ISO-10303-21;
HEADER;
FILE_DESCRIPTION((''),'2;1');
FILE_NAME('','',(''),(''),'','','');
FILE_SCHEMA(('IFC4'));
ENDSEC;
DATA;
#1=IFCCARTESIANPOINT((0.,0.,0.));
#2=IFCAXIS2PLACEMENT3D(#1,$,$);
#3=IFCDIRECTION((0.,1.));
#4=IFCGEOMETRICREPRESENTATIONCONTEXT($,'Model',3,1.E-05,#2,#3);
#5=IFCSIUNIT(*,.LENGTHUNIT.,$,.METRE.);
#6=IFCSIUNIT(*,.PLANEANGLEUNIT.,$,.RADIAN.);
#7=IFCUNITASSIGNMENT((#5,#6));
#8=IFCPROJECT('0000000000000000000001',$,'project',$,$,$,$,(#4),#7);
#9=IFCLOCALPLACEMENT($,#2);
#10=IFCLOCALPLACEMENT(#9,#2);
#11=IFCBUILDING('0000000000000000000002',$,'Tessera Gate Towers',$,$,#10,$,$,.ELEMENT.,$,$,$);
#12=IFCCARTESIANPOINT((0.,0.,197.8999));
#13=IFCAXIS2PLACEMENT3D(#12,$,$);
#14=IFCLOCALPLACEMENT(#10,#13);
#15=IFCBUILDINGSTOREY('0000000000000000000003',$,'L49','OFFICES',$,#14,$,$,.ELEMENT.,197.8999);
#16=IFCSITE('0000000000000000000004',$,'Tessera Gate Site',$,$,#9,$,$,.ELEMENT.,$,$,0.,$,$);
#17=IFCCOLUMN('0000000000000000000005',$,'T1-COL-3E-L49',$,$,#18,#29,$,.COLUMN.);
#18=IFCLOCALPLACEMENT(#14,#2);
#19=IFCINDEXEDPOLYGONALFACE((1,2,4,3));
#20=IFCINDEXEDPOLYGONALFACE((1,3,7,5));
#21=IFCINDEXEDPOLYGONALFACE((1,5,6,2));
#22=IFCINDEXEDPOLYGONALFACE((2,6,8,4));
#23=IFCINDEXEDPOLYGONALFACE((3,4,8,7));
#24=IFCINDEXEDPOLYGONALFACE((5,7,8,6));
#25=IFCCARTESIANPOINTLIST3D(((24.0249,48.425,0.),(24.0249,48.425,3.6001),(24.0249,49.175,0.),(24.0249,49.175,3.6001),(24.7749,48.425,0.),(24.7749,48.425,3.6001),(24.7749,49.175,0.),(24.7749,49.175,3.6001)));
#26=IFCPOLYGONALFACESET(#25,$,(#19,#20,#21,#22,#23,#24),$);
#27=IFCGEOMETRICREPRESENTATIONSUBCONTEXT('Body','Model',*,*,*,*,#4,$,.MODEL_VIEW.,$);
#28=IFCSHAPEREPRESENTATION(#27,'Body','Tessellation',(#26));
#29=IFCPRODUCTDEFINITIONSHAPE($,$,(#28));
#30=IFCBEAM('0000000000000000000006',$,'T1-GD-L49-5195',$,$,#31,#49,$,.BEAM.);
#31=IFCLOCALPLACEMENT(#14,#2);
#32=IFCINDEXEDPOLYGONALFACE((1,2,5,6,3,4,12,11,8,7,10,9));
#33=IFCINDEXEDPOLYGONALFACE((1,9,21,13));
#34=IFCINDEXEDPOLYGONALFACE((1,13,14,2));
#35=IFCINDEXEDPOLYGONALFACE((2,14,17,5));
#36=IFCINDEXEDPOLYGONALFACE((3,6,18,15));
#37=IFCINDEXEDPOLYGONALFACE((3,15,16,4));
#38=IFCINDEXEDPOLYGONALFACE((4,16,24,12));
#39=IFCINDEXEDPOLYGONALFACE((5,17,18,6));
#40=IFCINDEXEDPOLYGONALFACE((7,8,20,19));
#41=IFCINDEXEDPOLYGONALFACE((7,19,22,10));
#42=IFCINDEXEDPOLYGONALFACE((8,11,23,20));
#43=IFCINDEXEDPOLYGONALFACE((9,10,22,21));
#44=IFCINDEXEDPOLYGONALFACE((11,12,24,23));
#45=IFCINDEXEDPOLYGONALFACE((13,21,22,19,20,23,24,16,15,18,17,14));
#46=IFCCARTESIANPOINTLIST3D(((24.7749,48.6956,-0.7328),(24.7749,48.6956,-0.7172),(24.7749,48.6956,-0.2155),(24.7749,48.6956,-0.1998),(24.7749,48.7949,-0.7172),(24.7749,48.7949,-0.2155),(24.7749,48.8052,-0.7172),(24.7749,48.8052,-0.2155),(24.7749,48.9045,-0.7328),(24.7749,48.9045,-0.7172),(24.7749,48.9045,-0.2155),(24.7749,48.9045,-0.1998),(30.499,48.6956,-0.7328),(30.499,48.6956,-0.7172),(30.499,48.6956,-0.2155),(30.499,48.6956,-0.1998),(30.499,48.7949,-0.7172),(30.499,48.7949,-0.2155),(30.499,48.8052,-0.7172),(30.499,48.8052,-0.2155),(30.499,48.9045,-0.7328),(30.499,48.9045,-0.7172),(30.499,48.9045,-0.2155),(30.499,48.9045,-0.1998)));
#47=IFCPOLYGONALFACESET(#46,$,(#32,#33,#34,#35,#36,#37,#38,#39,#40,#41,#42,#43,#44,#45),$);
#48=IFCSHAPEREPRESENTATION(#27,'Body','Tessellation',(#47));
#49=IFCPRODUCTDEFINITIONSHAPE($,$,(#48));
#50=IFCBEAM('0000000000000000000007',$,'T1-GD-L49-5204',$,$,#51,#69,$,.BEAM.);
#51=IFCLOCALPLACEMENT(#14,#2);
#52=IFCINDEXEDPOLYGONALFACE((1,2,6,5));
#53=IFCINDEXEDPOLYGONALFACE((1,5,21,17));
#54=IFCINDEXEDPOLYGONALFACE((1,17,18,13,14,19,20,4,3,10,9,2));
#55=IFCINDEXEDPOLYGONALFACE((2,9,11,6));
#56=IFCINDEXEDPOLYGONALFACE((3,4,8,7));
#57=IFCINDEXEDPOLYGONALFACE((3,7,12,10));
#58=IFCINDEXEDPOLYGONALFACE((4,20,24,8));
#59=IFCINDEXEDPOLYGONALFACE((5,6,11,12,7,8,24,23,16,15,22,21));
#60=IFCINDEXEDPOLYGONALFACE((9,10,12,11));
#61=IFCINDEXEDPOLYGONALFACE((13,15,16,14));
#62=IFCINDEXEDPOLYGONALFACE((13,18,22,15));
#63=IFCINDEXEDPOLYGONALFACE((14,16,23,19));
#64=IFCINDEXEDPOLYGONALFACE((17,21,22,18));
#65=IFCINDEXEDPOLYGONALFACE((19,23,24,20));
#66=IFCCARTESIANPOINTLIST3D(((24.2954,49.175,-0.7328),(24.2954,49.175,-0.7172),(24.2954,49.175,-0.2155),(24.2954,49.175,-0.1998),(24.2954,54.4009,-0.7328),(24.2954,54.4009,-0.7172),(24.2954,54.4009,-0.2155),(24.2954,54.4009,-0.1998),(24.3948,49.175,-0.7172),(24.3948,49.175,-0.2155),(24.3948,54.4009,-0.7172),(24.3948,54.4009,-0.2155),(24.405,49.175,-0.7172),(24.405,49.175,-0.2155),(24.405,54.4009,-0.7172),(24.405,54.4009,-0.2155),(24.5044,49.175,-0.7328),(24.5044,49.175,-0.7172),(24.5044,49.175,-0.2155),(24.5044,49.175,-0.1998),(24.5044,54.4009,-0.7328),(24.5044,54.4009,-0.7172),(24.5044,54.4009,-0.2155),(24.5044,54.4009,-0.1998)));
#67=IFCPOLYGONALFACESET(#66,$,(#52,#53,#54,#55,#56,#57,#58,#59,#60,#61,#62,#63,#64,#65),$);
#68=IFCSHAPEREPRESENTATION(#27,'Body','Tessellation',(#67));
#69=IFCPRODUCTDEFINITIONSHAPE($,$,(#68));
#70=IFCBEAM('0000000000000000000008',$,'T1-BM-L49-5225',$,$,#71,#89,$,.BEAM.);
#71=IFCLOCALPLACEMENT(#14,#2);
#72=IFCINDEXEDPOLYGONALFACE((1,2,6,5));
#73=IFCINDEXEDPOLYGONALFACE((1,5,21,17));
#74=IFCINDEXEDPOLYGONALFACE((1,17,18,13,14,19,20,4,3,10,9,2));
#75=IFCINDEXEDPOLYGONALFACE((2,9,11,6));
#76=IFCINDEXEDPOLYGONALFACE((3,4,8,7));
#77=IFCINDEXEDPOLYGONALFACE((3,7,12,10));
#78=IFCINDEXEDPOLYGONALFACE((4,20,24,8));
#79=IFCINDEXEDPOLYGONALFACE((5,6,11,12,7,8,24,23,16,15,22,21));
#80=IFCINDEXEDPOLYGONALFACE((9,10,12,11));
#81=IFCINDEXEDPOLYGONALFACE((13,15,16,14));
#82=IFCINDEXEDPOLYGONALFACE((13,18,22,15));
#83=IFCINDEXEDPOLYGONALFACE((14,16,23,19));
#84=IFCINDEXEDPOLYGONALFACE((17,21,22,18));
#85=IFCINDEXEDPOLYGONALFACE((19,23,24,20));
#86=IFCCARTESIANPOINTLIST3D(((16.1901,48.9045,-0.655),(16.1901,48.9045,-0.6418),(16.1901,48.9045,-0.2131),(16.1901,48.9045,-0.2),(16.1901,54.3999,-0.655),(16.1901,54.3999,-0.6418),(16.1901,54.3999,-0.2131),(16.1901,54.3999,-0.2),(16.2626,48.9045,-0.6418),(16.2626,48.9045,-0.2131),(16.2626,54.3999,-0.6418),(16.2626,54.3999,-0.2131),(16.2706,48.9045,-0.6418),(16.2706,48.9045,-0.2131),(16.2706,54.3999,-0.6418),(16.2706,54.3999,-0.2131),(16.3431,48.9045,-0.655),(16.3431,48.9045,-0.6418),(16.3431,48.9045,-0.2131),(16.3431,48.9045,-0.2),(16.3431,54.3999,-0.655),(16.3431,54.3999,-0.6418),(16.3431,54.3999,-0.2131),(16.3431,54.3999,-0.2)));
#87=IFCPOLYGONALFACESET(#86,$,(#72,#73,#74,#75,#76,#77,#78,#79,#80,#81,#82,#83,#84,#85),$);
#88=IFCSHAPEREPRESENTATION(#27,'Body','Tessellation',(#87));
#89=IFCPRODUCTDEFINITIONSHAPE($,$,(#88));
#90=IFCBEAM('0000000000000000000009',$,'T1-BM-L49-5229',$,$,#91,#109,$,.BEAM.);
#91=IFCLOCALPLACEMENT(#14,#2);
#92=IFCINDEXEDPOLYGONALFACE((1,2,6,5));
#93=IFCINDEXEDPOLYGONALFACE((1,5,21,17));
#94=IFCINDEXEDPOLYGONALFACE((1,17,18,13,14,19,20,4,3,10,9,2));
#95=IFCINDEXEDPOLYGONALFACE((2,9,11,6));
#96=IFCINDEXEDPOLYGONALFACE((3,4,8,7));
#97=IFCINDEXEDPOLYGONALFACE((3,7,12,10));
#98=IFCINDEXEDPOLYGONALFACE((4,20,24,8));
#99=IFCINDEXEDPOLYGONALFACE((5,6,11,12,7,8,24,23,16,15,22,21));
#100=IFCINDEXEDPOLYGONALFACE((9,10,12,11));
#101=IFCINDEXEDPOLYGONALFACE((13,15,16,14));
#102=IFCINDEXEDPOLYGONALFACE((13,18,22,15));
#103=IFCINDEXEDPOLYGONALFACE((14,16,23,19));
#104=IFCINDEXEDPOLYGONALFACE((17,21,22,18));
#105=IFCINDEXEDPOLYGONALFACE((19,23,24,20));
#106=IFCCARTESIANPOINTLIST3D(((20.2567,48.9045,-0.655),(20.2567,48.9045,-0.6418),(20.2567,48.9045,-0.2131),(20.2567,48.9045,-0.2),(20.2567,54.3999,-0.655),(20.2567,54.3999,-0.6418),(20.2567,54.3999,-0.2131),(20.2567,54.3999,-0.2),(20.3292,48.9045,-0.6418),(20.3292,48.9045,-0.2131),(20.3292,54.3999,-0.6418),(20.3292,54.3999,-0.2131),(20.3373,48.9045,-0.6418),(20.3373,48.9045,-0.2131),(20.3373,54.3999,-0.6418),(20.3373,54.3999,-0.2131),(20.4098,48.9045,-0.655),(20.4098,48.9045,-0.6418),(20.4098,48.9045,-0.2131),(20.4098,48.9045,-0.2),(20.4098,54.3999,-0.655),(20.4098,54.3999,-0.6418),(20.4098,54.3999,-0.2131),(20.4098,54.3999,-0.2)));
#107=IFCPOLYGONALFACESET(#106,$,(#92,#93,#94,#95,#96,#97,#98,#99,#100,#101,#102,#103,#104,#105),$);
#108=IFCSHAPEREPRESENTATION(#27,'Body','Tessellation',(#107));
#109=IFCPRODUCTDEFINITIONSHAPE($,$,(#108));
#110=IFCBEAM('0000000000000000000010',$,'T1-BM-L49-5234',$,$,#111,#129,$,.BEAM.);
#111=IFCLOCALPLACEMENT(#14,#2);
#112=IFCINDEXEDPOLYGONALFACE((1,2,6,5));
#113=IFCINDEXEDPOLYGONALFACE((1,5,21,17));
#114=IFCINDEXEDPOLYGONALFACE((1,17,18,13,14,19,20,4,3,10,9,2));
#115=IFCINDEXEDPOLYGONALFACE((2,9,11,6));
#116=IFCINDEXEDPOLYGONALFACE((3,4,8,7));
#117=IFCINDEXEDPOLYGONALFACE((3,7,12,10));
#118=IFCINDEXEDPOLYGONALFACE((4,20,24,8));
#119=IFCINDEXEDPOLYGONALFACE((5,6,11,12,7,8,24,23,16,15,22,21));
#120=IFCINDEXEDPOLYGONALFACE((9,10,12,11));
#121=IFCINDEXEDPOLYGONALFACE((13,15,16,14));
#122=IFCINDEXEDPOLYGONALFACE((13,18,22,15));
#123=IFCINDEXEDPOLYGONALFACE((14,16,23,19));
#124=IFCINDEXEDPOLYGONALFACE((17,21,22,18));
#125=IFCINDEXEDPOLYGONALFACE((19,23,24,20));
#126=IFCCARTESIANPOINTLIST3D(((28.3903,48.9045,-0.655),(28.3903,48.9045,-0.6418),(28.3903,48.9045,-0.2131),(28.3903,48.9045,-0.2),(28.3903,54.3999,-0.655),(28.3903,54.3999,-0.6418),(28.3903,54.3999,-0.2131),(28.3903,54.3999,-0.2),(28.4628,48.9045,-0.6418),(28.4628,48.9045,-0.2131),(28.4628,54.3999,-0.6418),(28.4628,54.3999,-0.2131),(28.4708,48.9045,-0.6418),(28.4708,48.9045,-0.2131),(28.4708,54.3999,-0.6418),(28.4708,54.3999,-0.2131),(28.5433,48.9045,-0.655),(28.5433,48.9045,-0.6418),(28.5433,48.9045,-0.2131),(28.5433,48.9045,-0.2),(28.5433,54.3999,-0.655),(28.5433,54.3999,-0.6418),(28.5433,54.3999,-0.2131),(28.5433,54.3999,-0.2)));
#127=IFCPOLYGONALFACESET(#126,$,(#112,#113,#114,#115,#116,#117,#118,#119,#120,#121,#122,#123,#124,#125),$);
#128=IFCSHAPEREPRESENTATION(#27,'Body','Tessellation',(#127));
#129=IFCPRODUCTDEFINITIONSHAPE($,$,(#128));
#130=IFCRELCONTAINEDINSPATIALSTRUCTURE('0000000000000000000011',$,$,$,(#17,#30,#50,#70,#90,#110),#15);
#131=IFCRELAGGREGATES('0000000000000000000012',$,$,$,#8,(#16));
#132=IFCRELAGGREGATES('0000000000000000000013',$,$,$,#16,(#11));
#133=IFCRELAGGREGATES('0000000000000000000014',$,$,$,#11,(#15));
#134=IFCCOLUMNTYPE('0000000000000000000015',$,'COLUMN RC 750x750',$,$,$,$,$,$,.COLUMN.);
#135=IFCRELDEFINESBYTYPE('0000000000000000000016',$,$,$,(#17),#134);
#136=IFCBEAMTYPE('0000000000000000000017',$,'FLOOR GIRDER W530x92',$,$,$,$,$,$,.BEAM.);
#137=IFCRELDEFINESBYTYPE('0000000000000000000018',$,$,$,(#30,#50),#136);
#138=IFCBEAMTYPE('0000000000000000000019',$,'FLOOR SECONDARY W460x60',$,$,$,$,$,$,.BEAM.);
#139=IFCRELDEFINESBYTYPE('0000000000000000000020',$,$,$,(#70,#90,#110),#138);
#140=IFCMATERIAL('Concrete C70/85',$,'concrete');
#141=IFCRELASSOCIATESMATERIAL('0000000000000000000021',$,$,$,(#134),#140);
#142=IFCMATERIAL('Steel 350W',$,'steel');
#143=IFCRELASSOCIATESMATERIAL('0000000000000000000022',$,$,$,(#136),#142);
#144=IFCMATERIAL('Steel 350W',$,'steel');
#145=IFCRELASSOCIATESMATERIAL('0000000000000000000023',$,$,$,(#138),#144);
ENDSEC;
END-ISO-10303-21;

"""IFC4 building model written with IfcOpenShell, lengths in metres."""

from ifc_helpers import new_model, si_unit, direction, frame, origin, origin_2d, place, context, subcontext, project, spatial, rectangle, i_section, extrude, material, material_profile, profile_set, type_object, element, save


model = new_model("IFC4")

# Units and contexts
model_context = context("Model", 3, precision=1e-05, world=origin(), true_north=direction((0.0, 1.0)))
body_context = subcontext(model_context, "Body", "Model", "MODEL_VIEW")
ifc_project = project(units=[si_unit("LENGTHUNIT", "METRE"), si_unit("PLANEANGLEUNIT", "RADIAN")], contexts=[model_context])

# Site, building, storey
site_placement = place(None, origin())
site = spatial("IfcSite", under=ifc_project, at=site_placement, Name="Tessera Gate Site", CompositionType="ELEMENT", RefElevation=0.0)
building_placement = place(site_placement, origin())
building = spatial("IfcBuilding", under=site, at=building_placement, Name="Tessera Gate Towers", CompositionType="ELEMENT")
storey_placement = place(building_placement, frame((0.0, 0.0, 197.8999)))
storey = spatial("IfcBuildingStorey", under=building, at=storey_placement, Name="L49", Description="OFFICES", CompositionType="ELEMENT", Elevation=197.8999)

# Column
ifc_material_1 = material(Name="Concrete C70/85", Category="concrete")
ifc_material_profile_1 = material_profile(ifc_material_1, rectangle(XDim=0.75, YDim=0.75, at=origin_2d()), Name="RC 750x750")
ifc_profile_set_1 = profile_set([ifc_material_profile_1], Name="Concrete C70/85")
column_type = type_object("IfcColumnType", Name="COLUMN RC 750x750", PredefinedType="COLUMN", material=ifc_profile_set_1)
column_placement = place(storey_placement, frame((24.3999, 48.8, 0.0), z_axis=(0.0, 0.0, 1.0), x_axis=(1.0, 0.0, 0.0)))
element("IfcColumn", 1, at=column_placement, inside=storey, type_object=column_type, Name="T1-COL-3E-L49", PredefinedType="COLUMN", context=body_context, shape_type="SweptSolid", body=[
    extrude(rectangle(XDim=0.75, YDim=0.75, at=origin_2d()), origin(), (0.0, 0.0, 1.0), 3.6001),
])

# Beams
ifc_material_2 = material(Name="Steel 350W", Category="steel")
ifc_material_profile_2 = material_profile(ifc_material_2, i_section(OverallWidth=0.209, OverallDepth=0.533, WebThickness=0.0103, FlangeThickness=0.0156, at=origin_2d()), Name="W530x92")
ifc_profile_set_2 = profile_set([ifc_material_profile_2], Name="Steel 350W")
beam_type_1 = type_object("IfcBeamType", Name="FLOOR GIRDER W530x92", PredefinedType="BEAM", material=ifc_profile_set_2)
beam_1_placement = place(storey_placement, frame((24.7749, 48.8, -0.4663), z_axis=(1.0, 0.0, 0.0), x_axis=(0.0, 1.0, 0.0)))
element("IfcBeam", 2, at=beam_1_placement, inside=storey, type_object=beam_type_1, Name="T1-GD-L49-5195", PredefinedType="BEAM", context=body_context, shape_type="SweptSolid", body=[
    extrude(i_section(OverallWidth=0.209, OverallDepth=0.533, WebThickness=0.0103, FlangeThickness=0.0156, at=origin_2d()), origin(), (0.0, 0.0, 1.0), 5.7241),
])
beam_2_placement = place(storey_placement, frame((24.3999, 49.175, -0.4663), z_axis=(0.0, 1.0, 0.0), x_axis=(-1.0, 0.0, 0.0)))
element("IfcBeam", 3, at=beam_2_placement, inside=storey, type_object=beam_type_1, Name="T1-GD-L49-5204", PredefinedType="BEAM", context=body_context, shape_type="SweptSolid", body=[
    extrude(i_section(OverallWidth=0.209, OverallDepth=0.533, WebThickness=0.0103, FlangeThickness=0.0156, at=origin_2d()), origin(), (0.0, 0.0, 1.0), 5.2258),
])
ifc_material_3 = material(Name="Steel 350W", Category="steel")
ifc_material_profile_3 = material_profile(ifc_material_3, i_section(OverallWidth=0.1531, OverallDepth=0.4551, WebThickness=0.0081, FlangeThickness=0.0132, at=origin_2d()), Name="W460x60")
ifc_profile_set_3 = profile_set([ifc_material_profile_3], Name="Steel 350W")
beam_type_2 = type_object("IfcBeamType", Name="FLOOR SECONDARY W460x60", PredefinedType="BEAM", material=ifc_profile_set_3)
for number, where, z_axis, x_axis, name in (
    (4, (16.2666, 48.9045, -0.4275), (0.0, 1.0, 0.0), (-1.0, 0.0, 0.0), "T1-BM-L49-5225"),
    (5, (20.3333, 48.9045, -0.4275), (0.0, 1.0, 0.0), (-1.0, 0.0, 0.0), "T1-BM-L49-5229"),
    (6, (28.4668, 48.9045, -0.4275), (0.0, 1.0, 0.0), (-1.0, 0.0, 0.0), "T1-BM-L49-5234"),
):
    element("IfcBeam", number, at=place(storey_placement, frame(where, z_axis=z_axis, x_axis=x_axis)), inside=storey, type_object=beam_type_2, Name=name, PredefinedType="BEAM", context=body_context, shape_type="SweptSolid", body=[
        extrude(i_section(OverallWidth=0.1531, OverallDepth=0.4551, WebThickness=0.0081, FlangeThickness=0.0132, at=origin_2d()), origin(), (0.0, 0.0, 1.0), 5.4954),
    ])

save(model, "model.ifc")
